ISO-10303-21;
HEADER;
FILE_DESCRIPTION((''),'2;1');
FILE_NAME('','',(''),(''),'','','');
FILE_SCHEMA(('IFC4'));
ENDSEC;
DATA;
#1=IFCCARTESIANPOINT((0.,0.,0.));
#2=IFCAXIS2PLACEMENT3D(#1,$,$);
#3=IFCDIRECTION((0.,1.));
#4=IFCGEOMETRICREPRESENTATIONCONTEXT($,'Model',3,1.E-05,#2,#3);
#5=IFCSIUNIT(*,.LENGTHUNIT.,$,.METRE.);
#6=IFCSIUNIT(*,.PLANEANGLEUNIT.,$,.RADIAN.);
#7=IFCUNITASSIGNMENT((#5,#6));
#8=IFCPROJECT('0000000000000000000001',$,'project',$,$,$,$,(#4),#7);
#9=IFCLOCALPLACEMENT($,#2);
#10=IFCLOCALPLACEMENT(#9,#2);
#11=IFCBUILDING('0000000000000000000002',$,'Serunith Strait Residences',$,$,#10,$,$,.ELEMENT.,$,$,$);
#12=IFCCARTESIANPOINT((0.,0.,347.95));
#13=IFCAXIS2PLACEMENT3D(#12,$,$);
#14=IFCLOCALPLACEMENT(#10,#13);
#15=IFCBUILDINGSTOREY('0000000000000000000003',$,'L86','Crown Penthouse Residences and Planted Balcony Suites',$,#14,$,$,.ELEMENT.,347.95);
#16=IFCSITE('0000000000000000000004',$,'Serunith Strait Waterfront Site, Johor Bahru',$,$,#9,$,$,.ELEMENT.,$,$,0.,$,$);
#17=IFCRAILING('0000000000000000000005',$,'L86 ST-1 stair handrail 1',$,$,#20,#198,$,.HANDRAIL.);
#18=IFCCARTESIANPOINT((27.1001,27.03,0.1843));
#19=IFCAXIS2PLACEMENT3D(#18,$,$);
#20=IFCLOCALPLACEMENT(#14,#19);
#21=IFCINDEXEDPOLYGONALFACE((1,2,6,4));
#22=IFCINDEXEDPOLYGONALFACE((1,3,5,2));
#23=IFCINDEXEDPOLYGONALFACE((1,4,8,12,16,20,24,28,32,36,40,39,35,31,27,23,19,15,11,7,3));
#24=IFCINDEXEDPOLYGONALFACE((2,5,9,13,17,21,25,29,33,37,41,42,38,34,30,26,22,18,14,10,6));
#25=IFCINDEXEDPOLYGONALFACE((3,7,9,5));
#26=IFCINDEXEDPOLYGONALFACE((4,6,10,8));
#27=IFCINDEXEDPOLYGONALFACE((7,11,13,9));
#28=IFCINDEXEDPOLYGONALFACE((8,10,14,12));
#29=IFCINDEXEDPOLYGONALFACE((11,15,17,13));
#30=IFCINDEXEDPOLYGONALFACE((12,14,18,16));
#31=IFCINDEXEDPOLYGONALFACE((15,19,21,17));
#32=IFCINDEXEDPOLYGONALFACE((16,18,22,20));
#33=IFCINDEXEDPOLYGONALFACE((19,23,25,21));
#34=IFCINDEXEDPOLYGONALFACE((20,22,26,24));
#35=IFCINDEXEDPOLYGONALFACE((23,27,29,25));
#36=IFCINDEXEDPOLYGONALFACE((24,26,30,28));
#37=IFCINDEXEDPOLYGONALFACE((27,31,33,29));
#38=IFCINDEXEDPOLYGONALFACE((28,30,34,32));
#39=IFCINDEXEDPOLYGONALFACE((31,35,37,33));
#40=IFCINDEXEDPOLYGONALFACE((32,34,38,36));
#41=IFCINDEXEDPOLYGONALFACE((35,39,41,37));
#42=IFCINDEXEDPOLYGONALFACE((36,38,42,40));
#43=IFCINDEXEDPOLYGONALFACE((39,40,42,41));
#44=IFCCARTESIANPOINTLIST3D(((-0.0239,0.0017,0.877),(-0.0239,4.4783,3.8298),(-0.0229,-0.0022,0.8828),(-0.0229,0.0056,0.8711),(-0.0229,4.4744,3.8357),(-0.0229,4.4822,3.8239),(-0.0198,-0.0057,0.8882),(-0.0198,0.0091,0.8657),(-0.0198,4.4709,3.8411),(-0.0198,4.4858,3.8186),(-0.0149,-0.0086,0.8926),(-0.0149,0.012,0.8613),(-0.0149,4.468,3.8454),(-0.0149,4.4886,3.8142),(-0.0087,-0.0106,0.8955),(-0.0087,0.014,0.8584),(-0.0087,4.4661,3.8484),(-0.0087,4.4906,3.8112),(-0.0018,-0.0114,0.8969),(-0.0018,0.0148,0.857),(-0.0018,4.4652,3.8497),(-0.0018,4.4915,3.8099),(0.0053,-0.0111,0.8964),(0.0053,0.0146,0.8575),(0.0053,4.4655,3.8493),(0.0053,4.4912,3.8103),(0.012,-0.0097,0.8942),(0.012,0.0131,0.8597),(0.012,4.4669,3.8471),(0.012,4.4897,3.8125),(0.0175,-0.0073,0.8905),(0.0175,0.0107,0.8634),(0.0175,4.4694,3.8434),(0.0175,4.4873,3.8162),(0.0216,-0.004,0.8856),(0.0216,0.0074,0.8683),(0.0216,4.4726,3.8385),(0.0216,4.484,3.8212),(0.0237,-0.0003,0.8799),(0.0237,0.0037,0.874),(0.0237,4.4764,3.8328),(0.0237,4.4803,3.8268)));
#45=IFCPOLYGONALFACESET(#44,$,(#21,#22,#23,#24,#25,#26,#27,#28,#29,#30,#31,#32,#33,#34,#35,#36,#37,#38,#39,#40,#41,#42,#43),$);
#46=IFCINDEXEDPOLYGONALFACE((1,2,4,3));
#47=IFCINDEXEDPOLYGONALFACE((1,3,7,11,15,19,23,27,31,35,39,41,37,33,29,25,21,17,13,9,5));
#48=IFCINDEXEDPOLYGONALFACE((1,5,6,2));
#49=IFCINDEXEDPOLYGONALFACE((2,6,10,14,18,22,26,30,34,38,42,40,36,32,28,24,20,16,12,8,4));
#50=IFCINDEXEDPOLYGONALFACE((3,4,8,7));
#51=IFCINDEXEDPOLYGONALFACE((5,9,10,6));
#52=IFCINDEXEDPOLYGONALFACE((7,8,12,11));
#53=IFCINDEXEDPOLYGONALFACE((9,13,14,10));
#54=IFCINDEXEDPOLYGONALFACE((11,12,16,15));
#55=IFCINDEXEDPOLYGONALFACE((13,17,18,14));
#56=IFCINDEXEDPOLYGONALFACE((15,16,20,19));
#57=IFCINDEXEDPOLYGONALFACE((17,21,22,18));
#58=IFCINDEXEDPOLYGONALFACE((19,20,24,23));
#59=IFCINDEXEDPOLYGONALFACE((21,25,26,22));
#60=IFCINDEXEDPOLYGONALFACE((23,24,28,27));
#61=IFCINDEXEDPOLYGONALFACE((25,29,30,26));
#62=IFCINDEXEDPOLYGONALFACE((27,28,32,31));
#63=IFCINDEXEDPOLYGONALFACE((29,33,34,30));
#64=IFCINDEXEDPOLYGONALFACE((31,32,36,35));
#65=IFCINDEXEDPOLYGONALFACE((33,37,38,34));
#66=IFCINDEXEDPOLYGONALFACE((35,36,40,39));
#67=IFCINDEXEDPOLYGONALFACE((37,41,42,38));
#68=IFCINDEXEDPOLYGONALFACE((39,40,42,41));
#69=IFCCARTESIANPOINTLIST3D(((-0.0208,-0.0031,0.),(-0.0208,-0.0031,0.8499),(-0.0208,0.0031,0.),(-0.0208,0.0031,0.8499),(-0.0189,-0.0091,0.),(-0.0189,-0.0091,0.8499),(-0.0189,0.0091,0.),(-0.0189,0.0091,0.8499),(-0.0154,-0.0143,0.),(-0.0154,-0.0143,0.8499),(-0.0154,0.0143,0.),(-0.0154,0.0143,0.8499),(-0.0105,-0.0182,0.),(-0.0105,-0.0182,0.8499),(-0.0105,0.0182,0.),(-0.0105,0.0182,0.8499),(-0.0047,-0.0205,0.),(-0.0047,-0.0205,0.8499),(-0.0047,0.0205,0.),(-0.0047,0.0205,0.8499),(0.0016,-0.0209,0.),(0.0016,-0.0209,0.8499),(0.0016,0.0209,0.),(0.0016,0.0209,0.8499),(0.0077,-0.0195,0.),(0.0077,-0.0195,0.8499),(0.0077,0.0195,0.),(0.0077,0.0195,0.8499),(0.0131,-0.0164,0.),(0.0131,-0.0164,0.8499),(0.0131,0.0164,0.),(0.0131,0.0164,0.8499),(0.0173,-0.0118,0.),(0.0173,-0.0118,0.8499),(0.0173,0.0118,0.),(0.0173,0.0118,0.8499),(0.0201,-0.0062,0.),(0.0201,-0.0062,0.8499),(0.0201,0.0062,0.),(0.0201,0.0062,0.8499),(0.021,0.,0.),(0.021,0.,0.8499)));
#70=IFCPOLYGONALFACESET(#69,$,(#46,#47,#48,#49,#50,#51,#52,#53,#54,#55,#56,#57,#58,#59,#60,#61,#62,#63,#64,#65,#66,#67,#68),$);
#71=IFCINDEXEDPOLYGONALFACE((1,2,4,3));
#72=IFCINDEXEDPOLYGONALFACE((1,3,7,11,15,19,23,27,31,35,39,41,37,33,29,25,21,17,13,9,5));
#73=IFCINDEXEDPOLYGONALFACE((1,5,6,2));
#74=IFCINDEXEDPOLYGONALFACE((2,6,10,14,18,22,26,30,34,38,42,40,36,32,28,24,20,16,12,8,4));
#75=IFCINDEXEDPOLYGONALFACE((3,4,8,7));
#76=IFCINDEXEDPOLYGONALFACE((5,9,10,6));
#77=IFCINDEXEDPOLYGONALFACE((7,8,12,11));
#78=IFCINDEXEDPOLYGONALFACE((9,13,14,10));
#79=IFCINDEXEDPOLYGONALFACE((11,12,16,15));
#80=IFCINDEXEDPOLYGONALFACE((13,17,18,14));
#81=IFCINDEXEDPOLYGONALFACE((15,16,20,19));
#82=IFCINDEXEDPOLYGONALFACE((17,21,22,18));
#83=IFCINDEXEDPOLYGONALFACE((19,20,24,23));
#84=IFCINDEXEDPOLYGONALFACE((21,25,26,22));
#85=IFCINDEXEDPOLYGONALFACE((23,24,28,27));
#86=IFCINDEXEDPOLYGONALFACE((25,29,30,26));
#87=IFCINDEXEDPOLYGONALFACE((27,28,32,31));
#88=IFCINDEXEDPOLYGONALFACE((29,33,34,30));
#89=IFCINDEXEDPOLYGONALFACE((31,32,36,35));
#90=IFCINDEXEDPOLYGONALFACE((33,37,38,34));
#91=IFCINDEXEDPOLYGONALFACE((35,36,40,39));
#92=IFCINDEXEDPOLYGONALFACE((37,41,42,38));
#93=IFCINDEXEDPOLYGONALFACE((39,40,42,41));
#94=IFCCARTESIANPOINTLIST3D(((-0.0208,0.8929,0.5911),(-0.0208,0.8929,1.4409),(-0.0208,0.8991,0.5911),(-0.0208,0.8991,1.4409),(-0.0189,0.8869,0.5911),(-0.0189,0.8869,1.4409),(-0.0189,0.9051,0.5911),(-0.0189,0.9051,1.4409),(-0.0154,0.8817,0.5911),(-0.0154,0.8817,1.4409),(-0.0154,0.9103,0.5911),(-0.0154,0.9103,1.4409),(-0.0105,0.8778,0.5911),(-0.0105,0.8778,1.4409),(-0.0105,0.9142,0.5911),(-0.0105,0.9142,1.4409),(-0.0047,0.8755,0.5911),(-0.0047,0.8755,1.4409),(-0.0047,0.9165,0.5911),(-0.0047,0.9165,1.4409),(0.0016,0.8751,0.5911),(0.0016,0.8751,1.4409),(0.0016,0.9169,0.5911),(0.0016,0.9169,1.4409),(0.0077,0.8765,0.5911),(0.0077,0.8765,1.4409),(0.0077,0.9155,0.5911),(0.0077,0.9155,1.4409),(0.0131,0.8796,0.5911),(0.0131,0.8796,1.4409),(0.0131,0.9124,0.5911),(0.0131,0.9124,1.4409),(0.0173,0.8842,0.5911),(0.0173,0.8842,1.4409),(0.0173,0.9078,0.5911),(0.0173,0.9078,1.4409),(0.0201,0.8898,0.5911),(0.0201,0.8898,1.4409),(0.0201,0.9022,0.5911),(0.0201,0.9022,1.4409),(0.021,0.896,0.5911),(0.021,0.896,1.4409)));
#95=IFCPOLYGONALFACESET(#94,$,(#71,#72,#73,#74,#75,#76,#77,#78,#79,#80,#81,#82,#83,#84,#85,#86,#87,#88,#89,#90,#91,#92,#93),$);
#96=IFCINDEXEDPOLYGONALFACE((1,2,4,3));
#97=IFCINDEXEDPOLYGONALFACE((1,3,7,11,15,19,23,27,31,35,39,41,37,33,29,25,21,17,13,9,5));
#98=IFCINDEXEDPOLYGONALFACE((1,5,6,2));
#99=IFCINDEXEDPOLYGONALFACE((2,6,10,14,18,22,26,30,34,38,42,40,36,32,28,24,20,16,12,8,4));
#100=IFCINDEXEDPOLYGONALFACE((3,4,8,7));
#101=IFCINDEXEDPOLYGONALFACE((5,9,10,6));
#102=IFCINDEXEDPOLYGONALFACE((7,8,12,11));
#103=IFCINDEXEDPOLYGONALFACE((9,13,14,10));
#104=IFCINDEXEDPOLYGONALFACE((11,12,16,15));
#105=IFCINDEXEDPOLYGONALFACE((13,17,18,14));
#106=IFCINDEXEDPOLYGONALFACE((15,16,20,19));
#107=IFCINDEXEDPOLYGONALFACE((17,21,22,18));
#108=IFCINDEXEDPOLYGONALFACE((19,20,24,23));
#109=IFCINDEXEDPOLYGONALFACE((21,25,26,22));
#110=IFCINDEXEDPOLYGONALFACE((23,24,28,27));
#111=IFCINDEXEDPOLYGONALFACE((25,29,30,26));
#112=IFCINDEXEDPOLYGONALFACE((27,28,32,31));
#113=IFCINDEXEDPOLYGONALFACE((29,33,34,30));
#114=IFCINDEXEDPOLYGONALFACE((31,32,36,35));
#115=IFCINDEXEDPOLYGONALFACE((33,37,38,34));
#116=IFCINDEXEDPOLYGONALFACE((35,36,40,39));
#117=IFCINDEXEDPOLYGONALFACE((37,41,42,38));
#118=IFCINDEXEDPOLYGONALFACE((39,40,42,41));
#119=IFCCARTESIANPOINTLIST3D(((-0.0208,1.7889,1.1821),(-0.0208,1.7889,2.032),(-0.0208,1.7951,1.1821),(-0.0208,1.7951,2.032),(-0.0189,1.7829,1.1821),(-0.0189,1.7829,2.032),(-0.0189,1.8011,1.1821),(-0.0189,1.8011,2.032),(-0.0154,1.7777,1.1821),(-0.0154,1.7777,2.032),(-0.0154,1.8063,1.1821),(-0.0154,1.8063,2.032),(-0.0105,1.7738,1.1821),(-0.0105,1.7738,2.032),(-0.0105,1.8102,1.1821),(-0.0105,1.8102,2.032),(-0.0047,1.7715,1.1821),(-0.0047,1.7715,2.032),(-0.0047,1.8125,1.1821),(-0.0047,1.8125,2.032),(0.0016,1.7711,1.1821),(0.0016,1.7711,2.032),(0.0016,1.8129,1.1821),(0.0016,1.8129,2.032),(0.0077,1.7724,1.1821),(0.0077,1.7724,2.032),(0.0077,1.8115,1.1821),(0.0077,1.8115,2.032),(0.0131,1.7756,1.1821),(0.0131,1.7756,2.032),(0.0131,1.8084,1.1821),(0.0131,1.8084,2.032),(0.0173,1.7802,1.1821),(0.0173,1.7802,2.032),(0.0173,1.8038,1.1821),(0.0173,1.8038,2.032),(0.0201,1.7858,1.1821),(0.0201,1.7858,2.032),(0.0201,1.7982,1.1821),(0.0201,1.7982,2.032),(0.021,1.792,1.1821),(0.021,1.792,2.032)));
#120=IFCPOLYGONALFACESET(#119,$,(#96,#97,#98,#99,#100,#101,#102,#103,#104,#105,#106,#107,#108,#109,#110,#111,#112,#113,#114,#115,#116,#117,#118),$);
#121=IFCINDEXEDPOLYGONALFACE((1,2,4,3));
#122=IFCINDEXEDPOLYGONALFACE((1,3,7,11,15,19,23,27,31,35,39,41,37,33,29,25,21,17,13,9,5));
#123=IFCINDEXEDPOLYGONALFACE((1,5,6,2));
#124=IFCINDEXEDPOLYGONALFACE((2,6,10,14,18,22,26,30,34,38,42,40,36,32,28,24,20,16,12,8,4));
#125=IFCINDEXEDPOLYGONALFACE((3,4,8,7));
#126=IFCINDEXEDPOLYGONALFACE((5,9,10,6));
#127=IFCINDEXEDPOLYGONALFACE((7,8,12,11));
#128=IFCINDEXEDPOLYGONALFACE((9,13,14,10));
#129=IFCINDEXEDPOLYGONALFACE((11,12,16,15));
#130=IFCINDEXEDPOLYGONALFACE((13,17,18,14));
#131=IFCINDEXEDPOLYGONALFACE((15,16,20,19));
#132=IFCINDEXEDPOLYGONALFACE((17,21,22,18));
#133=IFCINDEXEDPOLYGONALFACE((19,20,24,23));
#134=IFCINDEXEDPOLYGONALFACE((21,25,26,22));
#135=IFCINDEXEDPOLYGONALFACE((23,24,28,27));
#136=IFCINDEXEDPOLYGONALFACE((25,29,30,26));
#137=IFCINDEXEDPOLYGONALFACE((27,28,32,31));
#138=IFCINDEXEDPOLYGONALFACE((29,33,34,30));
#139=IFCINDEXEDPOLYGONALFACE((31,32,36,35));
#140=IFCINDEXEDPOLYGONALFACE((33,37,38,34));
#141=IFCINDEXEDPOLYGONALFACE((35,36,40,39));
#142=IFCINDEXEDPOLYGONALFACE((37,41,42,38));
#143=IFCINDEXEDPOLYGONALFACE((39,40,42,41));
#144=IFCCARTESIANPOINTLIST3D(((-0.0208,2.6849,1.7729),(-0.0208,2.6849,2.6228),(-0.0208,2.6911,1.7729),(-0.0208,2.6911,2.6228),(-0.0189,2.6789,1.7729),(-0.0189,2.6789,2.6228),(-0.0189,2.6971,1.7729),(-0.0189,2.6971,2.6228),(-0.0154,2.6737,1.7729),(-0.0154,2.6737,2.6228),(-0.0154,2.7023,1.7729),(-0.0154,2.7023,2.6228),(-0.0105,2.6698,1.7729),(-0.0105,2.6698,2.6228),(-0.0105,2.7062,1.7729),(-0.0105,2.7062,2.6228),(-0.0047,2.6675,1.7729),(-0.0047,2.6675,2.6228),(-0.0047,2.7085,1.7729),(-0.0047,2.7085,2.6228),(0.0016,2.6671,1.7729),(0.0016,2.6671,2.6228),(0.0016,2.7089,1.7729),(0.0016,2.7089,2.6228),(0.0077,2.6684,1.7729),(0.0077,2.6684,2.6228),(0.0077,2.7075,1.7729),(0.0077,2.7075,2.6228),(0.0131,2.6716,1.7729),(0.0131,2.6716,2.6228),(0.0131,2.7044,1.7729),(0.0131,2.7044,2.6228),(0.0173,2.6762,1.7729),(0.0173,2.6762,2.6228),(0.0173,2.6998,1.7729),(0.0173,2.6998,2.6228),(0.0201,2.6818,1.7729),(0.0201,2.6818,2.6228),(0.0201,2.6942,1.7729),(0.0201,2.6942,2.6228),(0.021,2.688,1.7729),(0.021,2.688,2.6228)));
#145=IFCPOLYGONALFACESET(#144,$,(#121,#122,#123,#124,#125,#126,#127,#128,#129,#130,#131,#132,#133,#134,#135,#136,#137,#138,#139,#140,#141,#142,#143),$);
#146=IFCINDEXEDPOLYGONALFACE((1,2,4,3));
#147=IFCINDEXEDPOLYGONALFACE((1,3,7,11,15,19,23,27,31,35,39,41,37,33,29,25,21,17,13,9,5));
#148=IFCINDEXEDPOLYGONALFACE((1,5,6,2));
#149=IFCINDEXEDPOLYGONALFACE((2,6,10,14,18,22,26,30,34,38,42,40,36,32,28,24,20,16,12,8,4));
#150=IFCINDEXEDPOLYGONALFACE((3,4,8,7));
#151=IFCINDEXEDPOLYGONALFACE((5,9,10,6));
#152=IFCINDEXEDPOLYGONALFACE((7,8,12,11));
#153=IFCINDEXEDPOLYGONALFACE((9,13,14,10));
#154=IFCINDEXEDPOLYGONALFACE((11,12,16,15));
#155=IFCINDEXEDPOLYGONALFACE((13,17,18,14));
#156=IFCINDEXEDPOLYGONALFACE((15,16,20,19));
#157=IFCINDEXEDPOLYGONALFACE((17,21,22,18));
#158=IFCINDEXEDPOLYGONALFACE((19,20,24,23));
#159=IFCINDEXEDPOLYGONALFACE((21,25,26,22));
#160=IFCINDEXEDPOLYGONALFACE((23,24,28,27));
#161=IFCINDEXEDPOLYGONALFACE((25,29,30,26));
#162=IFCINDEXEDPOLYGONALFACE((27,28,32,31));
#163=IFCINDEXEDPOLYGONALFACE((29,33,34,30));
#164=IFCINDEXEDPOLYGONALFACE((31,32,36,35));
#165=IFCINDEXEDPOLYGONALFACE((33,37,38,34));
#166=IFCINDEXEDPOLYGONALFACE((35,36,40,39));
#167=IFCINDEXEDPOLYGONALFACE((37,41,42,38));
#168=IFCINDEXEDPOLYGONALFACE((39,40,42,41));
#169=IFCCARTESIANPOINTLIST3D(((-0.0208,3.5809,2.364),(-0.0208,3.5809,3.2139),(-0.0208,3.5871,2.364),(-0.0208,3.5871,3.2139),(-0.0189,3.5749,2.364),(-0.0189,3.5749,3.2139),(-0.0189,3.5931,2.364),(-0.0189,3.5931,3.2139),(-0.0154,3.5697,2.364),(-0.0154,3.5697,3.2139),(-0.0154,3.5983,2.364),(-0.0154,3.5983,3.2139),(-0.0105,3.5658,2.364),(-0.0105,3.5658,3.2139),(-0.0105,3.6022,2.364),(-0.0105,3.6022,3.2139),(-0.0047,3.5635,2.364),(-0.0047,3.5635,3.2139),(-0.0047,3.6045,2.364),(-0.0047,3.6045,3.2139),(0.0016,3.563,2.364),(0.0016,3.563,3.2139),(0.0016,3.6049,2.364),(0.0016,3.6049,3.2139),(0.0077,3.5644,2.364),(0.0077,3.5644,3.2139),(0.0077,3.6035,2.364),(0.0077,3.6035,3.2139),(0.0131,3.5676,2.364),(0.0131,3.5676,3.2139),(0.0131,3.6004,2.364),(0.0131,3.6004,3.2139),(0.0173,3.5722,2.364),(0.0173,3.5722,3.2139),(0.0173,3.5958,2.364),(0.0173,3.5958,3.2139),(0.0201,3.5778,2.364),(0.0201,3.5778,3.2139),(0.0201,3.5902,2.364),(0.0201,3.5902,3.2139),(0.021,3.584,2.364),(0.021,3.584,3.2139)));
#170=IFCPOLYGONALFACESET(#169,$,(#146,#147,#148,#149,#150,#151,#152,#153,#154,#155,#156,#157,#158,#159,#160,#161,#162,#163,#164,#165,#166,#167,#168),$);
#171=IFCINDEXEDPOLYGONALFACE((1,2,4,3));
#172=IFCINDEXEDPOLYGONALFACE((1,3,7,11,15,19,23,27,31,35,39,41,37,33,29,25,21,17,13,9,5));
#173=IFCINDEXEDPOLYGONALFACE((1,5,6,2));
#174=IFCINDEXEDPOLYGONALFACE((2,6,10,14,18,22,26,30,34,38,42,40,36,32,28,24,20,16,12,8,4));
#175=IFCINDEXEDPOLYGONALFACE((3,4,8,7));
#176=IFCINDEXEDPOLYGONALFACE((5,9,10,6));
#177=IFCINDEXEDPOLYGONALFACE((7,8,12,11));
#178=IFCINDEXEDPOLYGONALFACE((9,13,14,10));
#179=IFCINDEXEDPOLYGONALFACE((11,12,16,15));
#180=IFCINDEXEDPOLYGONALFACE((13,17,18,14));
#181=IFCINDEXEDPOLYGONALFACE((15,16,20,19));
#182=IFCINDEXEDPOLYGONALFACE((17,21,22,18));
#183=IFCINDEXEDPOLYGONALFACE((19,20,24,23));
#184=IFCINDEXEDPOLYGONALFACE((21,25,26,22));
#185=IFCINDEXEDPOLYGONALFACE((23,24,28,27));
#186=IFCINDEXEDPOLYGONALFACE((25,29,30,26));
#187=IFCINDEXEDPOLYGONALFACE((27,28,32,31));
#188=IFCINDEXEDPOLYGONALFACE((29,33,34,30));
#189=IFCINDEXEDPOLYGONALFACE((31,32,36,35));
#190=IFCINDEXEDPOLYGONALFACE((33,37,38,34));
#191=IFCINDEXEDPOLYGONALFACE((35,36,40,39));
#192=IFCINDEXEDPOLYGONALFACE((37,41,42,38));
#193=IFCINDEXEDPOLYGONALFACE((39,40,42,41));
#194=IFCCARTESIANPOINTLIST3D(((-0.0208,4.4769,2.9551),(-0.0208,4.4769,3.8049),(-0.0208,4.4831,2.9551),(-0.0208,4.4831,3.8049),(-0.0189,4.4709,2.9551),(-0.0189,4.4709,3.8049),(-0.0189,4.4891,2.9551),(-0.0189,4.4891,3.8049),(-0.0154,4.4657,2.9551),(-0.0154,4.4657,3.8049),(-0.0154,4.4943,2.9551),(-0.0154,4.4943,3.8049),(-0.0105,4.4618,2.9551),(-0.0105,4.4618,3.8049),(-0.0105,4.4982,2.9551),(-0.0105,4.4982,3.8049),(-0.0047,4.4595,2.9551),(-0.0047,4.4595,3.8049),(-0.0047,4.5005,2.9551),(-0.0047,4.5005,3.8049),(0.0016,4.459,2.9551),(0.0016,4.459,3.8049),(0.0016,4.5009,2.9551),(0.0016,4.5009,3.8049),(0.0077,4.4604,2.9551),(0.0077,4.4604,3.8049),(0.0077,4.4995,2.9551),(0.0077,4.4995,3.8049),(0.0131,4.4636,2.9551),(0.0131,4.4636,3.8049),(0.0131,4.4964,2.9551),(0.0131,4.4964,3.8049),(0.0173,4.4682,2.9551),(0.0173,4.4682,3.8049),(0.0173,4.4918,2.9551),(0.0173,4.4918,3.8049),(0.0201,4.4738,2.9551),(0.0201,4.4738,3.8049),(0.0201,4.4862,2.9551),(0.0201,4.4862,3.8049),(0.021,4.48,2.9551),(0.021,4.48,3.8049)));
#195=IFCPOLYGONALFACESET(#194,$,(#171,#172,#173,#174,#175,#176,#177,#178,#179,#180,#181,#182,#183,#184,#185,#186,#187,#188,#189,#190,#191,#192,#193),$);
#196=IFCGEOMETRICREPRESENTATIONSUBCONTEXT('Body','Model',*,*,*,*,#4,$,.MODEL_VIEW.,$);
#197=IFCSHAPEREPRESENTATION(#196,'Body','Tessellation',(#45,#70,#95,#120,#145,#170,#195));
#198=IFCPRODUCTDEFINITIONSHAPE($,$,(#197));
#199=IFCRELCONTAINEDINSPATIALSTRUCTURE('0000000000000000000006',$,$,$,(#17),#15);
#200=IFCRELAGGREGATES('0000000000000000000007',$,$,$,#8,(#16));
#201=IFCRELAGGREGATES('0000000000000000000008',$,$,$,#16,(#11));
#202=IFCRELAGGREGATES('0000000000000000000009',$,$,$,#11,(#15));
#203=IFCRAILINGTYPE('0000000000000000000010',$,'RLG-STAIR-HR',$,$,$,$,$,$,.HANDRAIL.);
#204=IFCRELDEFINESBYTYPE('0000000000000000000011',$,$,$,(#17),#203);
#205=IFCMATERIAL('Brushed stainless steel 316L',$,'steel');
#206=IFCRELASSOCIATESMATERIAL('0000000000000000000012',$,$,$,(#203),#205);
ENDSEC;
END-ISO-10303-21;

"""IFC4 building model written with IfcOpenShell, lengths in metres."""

from ifc_helpers import new_model, si_unit, direction, frame, origin, origin_2d, place, context, subcontext, project, spatial, circle, extrude, material, type_object, element, save


model = new_model("IFC4")

# Units and contexts
model_context = context("Model", 3, precision=1e-05, world=origin(), true_north=direction((0.0, 1.0)))
body_context = subcontext(model_context, "Body", "Model", "MODEL_VIEW")
ifc_project = project(units=[si_unit("LENGTHUNIT", "METRE"), si_unit("PLANEANGLEUNIT", "RADIAN")], contexts=[model_context])

# Site, building, storey
site_placement = place(None, origin())
site = spatial("IfcSite", under=ifc_project, at=site_placement, Name="Serunith Strait Waterfront Site, Johor Bahru", CompositionType="ELEMENT", RefElevation=0.0)
building_placement = place(site_placement, origin())
building = spatial("IfcBuilding", under=site, at=building_placement, Name="Serunith Strait Residences", CompositionType="ELEMENT")
storey_placement = place(building_placement, frame((0.0, 0.0, 347.95)))
storey = spatial("IfcBuildingStorey", under=building, at=storey_placement, Name="L86", Description="Crown Penthouse Residences and Planted Balcony Suites", CompositionType="ELEMENT", Elevation=347.95)

# Railing
ifc_material_1 = material(Name="Brushed stainless steel 316L", Category="steel")
railing_type_1 = type_object("IfcRailingType", Name="RLG-STAIR-HR", PredefinedType="HANDRAIL", material=ifc_material_1)
railing_1_placement = place(storey_placement, frame((27.1001, 27.03, 0.1843)))
element("IfcRailing", 1, at=railing_1_placement, inside=storey, type_object=railing_type_1, Name="L86 ST-1 stair handrail 1", PredefinedType="HANDRAIL", context=body_context, shape_type="SweptSolid", body=[
    extrude(circle(Radius=0.0239, at=origin_2d()), frame((0.0, 0.0017, 0.877), z_axis=(0.0, 0.834756, 0.55062), x_axis=(-1.0, 0.0, 0.0)), (0.0, 0.0, 1.0), 5.3628),
    extrude(circle(Radius=0.021, at=origin_2d()), origin(), (0.0, 0.0, 1.0), 0.8499),
    extrude(circle(Radius=0.021, at=origin_2d()), frame((0.0, 0.896, 0.5911)), (0.0, 0.0, 1.0), 0.8499),
    extrude(circle(Radius=0.021, at=origin_2d()), frame((0.0, 1.792, 1.1821)), (0.0, 0.0, 1.0), 0.8499),
    extrude(circle(Radius=0.021, at=origin_2d()), frame((0.0, 2.688, 1.7729)), (0.0, 0.0, 1.0), 0.8499),
    extrude(circle(Radius=0.021, at=origin_2d()), frame((0.0, 3.584, 2.364)), (0.0, 0.0, 1.0), 0.8499),
    extrude(circle(Radius=0.021, at=origin_2d()), frame((0.0, 4.48, 2.9551)), (0.0, 0.0, 1.0), 0.8499),
])

save(model, "model.ifc")
